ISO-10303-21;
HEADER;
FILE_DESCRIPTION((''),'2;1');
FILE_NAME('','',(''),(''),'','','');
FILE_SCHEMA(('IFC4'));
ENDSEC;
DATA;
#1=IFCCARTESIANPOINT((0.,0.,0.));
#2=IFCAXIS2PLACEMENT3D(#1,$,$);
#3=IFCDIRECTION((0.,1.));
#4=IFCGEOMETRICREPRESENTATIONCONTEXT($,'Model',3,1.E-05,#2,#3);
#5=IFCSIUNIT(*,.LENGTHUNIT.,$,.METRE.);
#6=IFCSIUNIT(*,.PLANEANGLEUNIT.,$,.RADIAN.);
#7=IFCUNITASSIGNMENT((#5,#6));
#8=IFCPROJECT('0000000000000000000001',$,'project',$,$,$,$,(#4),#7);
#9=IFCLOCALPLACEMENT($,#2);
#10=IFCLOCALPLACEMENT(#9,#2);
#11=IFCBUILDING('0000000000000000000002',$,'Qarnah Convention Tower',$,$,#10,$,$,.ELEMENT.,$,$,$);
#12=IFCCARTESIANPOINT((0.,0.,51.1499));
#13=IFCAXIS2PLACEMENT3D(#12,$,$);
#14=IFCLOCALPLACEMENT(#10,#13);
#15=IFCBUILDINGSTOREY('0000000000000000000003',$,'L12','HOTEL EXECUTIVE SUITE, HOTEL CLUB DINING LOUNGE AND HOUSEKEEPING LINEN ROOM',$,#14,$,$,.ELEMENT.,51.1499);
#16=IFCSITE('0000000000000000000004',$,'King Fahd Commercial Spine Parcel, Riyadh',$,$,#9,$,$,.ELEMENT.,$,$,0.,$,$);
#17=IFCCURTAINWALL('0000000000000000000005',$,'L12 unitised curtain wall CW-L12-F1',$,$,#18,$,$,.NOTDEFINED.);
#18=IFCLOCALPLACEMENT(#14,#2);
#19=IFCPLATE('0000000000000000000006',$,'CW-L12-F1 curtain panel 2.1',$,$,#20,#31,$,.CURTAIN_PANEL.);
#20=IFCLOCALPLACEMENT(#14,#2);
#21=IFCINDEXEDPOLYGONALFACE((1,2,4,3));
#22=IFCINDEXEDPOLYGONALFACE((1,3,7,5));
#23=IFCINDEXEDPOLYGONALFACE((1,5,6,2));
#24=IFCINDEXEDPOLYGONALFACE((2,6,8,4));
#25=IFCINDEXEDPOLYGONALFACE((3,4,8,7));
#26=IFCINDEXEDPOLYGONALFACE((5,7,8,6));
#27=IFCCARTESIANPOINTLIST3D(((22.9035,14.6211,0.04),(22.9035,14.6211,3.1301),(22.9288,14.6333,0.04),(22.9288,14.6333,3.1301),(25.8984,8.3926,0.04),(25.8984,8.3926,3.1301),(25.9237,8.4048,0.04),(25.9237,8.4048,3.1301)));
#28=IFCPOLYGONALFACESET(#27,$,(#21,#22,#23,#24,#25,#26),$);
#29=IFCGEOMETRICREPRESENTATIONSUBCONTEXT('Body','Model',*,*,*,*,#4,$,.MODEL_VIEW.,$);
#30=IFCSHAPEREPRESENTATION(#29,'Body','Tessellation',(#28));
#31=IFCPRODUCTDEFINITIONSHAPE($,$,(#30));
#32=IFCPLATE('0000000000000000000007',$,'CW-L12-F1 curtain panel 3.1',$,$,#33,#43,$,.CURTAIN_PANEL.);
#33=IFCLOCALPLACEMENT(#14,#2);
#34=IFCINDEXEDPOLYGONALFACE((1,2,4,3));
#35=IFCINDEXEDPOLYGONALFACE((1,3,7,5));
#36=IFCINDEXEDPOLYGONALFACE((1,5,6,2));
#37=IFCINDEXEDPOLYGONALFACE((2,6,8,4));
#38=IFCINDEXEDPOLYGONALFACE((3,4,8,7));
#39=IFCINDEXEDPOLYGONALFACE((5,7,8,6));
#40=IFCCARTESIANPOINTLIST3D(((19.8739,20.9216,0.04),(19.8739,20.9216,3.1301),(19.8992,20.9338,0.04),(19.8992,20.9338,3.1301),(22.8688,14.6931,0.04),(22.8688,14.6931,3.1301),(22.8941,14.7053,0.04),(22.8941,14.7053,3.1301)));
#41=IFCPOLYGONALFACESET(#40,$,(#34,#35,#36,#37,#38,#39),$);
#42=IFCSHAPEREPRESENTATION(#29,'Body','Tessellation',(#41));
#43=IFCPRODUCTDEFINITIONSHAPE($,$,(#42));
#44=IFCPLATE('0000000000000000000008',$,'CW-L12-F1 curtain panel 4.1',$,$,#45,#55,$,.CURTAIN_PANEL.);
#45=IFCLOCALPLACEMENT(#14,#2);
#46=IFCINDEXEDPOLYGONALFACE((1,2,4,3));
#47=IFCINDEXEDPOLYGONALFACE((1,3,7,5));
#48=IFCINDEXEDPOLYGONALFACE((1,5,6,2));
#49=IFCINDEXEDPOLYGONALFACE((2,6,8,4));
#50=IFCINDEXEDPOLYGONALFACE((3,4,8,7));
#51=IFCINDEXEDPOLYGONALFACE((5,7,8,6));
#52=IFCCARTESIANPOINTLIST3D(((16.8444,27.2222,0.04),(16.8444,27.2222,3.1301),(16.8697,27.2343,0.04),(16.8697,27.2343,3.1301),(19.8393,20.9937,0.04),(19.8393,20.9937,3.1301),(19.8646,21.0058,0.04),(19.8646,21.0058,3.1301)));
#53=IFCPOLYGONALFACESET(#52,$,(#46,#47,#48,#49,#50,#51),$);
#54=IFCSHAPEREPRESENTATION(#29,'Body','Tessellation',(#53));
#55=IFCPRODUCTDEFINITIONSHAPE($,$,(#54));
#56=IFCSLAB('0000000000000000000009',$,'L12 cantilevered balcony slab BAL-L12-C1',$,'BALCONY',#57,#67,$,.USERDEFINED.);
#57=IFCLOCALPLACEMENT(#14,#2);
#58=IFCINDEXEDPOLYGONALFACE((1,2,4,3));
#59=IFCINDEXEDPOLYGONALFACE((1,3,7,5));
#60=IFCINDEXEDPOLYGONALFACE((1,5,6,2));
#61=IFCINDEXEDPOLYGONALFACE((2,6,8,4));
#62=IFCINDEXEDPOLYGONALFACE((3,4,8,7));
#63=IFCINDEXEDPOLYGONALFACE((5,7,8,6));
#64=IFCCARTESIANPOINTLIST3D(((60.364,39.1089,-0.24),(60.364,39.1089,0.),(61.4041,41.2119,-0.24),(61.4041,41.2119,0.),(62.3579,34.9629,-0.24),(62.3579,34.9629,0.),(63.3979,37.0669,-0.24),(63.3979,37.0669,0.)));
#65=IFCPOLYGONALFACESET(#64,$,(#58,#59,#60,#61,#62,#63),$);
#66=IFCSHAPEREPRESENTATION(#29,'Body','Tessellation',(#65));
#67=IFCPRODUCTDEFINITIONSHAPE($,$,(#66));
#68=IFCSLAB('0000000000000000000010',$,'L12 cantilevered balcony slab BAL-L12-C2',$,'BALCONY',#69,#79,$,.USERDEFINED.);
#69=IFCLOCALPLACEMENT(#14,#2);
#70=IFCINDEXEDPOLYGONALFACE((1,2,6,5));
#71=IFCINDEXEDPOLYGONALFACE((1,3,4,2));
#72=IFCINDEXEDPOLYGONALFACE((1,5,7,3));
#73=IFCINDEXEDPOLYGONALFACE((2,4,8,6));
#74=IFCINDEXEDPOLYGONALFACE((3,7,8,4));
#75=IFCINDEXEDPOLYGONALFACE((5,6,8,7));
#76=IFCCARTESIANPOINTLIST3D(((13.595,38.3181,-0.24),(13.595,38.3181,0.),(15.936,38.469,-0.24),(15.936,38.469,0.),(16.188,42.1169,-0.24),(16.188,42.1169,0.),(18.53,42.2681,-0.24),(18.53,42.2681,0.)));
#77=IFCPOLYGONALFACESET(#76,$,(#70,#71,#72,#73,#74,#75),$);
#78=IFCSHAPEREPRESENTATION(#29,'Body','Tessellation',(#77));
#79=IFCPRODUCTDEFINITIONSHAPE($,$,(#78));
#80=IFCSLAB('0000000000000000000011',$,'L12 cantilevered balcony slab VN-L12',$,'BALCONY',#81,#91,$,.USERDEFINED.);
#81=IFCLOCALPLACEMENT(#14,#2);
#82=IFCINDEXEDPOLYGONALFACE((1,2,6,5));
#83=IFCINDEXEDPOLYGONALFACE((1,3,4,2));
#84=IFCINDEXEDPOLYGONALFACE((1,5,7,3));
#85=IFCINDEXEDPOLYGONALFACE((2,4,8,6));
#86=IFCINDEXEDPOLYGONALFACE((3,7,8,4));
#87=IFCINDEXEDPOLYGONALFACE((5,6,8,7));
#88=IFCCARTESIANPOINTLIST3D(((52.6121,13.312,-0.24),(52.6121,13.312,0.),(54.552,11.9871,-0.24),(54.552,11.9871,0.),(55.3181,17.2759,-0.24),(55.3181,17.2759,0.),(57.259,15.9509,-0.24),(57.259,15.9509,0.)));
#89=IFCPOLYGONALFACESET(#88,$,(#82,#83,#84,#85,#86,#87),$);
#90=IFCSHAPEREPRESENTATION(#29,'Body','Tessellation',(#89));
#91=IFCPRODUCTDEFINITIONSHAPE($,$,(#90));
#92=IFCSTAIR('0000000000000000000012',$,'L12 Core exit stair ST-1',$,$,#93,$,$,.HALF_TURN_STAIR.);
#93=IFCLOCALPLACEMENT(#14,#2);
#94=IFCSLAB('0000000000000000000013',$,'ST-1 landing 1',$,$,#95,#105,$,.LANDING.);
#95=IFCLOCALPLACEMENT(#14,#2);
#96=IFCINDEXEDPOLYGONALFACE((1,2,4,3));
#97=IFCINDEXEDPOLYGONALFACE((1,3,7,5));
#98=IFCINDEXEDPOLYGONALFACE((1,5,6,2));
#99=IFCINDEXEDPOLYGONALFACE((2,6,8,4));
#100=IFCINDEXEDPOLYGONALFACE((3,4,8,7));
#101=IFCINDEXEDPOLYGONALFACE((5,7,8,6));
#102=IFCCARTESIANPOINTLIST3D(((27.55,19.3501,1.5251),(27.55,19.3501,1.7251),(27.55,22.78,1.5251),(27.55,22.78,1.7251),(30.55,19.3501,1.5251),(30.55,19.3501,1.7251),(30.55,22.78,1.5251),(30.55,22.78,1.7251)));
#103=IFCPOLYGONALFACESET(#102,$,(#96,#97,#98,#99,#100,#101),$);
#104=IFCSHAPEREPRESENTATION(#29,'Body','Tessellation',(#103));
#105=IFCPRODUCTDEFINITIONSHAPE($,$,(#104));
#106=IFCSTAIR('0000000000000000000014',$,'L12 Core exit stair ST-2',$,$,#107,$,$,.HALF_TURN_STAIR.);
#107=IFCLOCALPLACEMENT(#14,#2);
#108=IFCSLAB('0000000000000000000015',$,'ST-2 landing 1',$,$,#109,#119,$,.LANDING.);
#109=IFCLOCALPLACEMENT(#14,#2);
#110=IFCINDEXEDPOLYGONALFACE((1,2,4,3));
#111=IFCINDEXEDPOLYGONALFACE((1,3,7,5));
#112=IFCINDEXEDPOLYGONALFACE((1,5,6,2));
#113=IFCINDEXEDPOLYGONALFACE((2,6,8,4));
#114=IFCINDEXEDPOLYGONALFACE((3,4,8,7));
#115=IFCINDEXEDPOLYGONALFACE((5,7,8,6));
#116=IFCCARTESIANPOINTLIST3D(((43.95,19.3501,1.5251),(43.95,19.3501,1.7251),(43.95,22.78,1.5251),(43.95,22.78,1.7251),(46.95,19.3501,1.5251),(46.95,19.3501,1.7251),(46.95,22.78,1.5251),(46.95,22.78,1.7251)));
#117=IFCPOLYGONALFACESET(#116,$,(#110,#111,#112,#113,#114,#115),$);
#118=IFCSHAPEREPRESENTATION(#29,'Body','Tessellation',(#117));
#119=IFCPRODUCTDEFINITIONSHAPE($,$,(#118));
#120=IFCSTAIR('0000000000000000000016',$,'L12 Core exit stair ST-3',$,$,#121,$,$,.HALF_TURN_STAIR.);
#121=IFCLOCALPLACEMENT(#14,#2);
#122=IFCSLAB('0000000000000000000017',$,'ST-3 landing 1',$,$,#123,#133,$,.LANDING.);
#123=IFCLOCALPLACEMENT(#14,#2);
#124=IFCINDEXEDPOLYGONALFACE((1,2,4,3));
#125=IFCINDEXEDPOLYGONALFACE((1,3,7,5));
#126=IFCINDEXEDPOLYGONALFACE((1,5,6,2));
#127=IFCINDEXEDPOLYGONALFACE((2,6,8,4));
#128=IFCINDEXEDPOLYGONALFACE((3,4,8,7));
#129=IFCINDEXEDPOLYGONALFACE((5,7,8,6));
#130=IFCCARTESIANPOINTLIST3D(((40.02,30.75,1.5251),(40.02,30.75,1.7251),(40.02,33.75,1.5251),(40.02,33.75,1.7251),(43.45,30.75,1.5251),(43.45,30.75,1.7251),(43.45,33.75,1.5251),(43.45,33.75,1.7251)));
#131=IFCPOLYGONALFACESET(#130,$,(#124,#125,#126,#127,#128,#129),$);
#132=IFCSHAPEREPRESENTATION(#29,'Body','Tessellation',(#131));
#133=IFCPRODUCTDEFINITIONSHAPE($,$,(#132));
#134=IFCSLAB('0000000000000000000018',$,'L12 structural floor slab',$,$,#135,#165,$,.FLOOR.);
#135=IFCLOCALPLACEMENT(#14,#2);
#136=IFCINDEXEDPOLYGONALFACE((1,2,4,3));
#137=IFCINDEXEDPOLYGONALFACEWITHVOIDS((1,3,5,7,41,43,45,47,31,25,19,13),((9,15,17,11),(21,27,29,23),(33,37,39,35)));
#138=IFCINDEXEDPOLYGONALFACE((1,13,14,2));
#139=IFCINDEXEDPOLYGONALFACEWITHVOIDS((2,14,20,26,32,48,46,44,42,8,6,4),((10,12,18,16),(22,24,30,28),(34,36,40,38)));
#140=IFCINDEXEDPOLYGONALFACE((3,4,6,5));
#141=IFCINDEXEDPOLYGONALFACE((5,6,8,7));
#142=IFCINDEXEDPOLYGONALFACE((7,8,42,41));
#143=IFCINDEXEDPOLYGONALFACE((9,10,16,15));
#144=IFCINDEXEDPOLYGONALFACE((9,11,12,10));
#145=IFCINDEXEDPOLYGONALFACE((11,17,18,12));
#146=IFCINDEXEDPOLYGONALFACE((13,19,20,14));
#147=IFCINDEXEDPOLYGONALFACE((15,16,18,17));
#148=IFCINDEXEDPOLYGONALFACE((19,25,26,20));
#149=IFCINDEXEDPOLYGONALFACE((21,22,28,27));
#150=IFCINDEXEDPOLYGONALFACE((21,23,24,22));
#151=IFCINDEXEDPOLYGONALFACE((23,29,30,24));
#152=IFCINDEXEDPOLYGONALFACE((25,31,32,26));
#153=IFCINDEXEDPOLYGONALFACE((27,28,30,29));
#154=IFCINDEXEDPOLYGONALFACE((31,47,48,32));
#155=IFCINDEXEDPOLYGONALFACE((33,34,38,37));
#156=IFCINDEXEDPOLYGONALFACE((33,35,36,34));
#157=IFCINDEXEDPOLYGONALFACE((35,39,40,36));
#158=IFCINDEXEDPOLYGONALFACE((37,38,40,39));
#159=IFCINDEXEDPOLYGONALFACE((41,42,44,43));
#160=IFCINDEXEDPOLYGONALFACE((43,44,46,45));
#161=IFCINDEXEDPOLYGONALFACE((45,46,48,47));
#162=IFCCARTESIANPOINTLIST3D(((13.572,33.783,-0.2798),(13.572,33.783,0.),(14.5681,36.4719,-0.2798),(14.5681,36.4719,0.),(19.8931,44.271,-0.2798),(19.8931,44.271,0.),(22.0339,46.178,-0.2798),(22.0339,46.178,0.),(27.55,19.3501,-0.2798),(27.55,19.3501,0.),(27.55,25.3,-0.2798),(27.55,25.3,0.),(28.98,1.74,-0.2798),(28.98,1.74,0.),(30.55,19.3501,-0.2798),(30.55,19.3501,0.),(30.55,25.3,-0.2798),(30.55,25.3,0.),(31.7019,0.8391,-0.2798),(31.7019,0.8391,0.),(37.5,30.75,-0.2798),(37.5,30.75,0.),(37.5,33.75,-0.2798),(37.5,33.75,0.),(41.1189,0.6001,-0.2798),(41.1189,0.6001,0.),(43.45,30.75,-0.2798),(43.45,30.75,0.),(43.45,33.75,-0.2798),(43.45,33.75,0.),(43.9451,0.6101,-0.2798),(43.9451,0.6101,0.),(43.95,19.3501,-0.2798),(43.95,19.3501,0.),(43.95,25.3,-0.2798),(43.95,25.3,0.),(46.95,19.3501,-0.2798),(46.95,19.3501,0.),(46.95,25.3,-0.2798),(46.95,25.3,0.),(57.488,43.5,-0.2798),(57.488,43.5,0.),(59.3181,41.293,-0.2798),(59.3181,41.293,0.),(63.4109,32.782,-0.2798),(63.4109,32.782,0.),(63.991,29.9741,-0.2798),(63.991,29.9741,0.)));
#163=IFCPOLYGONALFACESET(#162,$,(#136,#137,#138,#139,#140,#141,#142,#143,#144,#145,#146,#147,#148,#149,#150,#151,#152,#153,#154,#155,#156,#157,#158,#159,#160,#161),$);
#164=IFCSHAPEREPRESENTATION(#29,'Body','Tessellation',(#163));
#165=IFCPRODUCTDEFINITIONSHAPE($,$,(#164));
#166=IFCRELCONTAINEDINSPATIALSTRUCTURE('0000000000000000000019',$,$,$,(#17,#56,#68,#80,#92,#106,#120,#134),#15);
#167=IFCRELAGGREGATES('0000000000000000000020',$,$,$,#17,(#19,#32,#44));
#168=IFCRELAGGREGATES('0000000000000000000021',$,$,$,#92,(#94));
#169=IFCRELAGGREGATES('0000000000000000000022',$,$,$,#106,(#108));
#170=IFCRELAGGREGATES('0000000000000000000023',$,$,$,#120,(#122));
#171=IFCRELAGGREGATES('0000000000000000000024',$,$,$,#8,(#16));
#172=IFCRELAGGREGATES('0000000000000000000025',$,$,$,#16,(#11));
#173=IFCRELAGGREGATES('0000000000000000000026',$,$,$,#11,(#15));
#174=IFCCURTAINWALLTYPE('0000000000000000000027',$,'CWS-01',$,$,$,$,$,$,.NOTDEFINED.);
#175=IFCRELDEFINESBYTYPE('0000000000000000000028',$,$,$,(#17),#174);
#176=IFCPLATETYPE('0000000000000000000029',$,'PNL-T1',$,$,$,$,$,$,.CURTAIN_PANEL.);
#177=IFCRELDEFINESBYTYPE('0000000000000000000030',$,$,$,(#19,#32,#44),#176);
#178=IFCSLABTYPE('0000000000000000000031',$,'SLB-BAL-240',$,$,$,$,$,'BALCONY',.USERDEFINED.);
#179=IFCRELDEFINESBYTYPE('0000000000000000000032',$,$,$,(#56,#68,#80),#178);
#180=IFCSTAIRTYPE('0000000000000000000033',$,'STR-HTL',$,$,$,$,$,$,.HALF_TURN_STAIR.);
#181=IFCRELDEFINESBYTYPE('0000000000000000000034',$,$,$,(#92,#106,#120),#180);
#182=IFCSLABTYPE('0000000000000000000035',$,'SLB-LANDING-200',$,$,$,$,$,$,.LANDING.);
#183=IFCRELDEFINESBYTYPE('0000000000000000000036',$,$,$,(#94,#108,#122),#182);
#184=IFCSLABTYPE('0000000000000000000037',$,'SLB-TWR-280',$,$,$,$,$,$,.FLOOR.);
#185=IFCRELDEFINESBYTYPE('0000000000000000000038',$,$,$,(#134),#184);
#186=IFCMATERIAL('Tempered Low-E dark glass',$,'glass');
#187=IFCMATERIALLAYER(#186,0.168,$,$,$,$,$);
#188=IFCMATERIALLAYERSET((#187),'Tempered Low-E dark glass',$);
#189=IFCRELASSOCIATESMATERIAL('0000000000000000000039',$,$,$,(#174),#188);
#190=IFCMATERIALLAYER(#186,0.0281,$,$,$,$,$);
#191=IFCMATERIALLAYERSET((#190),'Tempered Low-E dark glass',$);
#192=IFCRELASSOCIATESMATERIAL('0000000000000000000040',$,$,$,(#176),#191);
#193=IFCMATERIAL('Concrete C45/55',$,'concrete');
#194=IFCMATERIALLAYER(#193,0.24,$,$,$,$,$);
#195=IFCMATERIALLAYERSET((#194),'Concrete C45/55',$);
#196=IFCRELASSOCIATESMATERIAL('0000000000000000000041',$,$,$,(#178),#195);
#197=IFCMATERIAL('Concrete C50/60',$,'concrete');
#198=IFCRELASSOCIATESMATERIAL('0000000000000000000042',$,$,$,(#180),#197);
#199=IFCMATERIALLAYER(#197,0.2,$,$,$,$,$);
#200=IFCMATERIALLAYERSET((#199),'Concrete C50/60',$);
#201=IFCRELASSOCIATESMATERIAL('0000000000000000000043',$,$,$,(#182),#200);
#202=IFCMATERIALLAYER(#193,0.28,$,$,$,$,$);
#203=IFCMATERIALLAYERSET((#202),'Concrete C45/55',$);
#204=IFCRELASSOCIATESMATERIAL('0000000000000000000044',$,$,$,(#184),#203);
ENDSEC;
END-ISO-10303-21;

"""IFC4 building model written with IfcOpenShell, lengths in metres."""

from ifc_helpers import new_model, si_unit, direction, frame, origin, origin_2d, place, context, subcontext, project, spatial, polyline, rectangle, outline, extrude, material, layer, layer_set, type_object, element, aggregate, save


model = new_model("IFC4")

# Units and contexts
model_context = context("Model", 3, precision=1e-05, world=origin(), true_north=direction((0.0, 1.0)))
body_context = subcontext(model_context, "Body", "Model", "MODEL_VIEW")
ifc_project = project(units=[si_unit("LENGTHUNIT", "METRE"), si_unit("PLANEANGLEUNIT", "RADIAN")], contexts=[model_context])

# Site, building, storey
site_placement = place(None, origin())
site = spatial("IfcSite", under=ifc_project, at=site_placement, Name="King Fahd Commercial Spine Parcel, Riyadh", CompositionType="ELEMENT", RefElevation=0.0)
building_placement = place(site_placement, origin())
building = spatial("IfcBuilding", under=site, at=building_placement, Name="Qarnah Convention Tower", CompositionType="ELEMENT")
storey_placement = place(building_placement, frame((0.0, 0.0, 51.1499)))
storey = spatial("IfcBuildingStorey", under=building, at=storey_placement, Name="L12", Description="HOTEL EXECUTIVE SUITE, HOTEL CLUB DINING LOUNGE AND HOUSEKEEPING LINEN ROOM", CompositionType="ELEMENT", Elevation=51.1499)

# Curtain wall, plates
ifc_material_1 = material(Name="Tempered Low-E dark glass", Category="glass")
ifc_layer_1 = layer(ifc_material_1, 0.168)
ifc_layer_set_1 = layer_set([ifc_layer_1], Name="Tempered Low-E dark glass")
curtain_wall_type = type_object("IfcCurtainWallType", Name="CWS-01", PredefinedType="NOTDEFINED", material=ifc_layer_set_1)
curtain_wall_placement = place(storey_placement, origin())
curtain_wall = element("IfcCurtainWall", 1, at=curtain_wall_placement, inside=storey, type_object=curtain_wall_type, Name="L12 unitised curtain wall CW-L12-F1", PredefinedType="NOTDEFINED")
ifc_layer_2 = layer(ifc_material_1, 0.0281)
ifc_layer_set_2 = layer_set([ifc_layer_2], Name="Tempered Low-E dark glass")
plate_type = type_object("IfcPlateType", Name="PNL-T1", PredefinedType="CURTAIN_PANEL", material=ifc_layer_set_2)
plate_1_placement = place(storey_placement, frame((24.4136, 11.5129, 0.04), z_axis=(0.0, 0.0, 1.0), x_axis=(-0.433349, 0.901226, 0.0)))
plate_1 = element("IfcPlate", 2, at=plate_1_placement, type_object=plate_type, Name="CW-L12-F1 curtain panel 2.1", PredefinedType="CURTAIN_PANEL", context=body_context, shape_type="SweptSolid", body=[
    extrude(rectangle(XDim=6.9111, YDim=0.0281, at=origin_2d()), origin(), (0.0, 0.0, 1.0), 3.0901),
])
plate_2_placement = place(storey_placement, frame((21.384, 17.8135, 0.04), z_axis=(0.0, 0.0, 1.0), x_axis=(-0.433349, 0.901226, 0.0)))
plate_2 = element("IfcPlate", 3, at=plate_2_placement, type_object=plate_type, Name="CW-L12-F1 curtain panel 3.1", PredefinedType="CURTAIN_PANEL", context=body_context, shape_type="SweptSolid", body=[
    extrude(rectangle(XDim=6.9111, YDim=0.0281, at=origin_2d()), origin(), (0.0, 0.0, 1.0), 3.0901),
])
plate_3_placement = place(storey_placement, frame((18.3545, 24.114, 0.04), z_axis=(0.0, 0.0, 1.0), x_axis=(-0.433349, 0.901226, 0.0)))
plate_3 = element("IfcPlate", 4, at=plate_3_placement, type_object=plate_type, Name="CW-L12-F1 curtain panel 4.1", PredefinedType="CURTAIN_PANEL", context=body_context, shape_type="SweptSolid", body=[
    extrude(rectangle(XDim=6.9111, YDim=0.0281, at=origin_2d()), origin(), (0.0, 0.0, 1.0), 3.0901),
])
aggregate(curtain_wall, [plate_1, plate_2, plate_3])

# Slabs
ifc_material_2 = material(Name="Concrete C45/55", Category="concrete")
ifc_layer_3 = layer(ifc_material_2, 0.24)
ifc_layer_set_3 = layer_set([ifc_layer_3], Name="Concrete C45/55")
slab_type_1 = type_object("IfcSlabType", Name="SLB-BAL-240", ElementType="BALCONY", PredefinedType="USERDEFINED", material=ifc_layer_set_3)
slab_1_placement = place(storey_placement, frame((0.0, 0.0, -0.24)))
element("IfcSlab", 5, at=slab_1_placement, inside=storey, type_object=slab_type_1, Name="L12 cantilevered balcony slab BAL-L12-C1", ObjectType="BALCONY", PredefinedType="USERDEFINED", context=body_context, shape_type="SweptSolid", body=[
    extrude(outline(polyline([(61.4041, 41.2119), (63.3979, 37.0669), (62.3579, 34.9629), (60.364, 39.1089), (61.4041, 41.2119)])), origin(), (0.0, 0.0, 1.0), 0.24),
])
slab_2_placement = place(storey_placement, frame((0.0, 0.0, -0.24)))
element("IfcSlab", 6, at=slab_2_placement, inside=storey, type_object=slab_type_1, Name="L12 cantilevered balcony slab BAL-L12-C2", ObjectType="BALCONY", PredefinedType="USERDEFINED", context=body_context, shape_type="SweptSolid", body=[
    extrude(outline(polyline([(13.595, 38.3181), (16.188, 42.1169), (18.53, 42.2681), (15.936, 38.469), (13.595, 38.3181)])), origin(), (0.0, 0.0, 1.0), 0.24),
])
slab_3_placement = place(storey_placement, frame((0.0, 0.0, -0.24)))
element("IfcSlab", 7, at=slab_3_placement, inside=storey, type_object=slab_type_1, Name="L12 cantilevered balcony slab VN-L12", ObjectType="BALCONY", PredefinedType="USERDEFINED", context=body_context, shape_type="SweptSolid", body=[
    extrude(outline(polyline([(55.3181, 17.2759), (57.259, 15.9509), (54.552, 11.9871), (52.6121, 13.312), (55.3181, 17.2759)])), origin(), (0.0, 0.0, 1.0), 0.24),
])

# Stairs, slabs
ifc_material_3 = material(Name="Concrete C50/60", Category="concrete")
stair_type = type_object("IfcStairType", Name="STR-HTL", PredefinedType="HALF_TURN_STAIR", material=ifc_material_3)
stair_1_placement = place(storey_placement, origin())
stair_1 = element("IfcStair", 8, at=stair_1_placement, inside=storey, type_object=stair_type, Name="L12 Core exit stair ST-1", PredefinedType="HALF_TURN_STAIR")
ifc_layer_4 = layer(ifc_material_3, 0.2)
ifc_layer_set_4 = layer_set([ifc_layer_4], Name="Concrete C50/60")
slab_type_2 = type_object("IfcSlabType", Name="SLB-LANDING-200", PredefinedType="LANDING", material=ifc_layer_set_4)
slab_4_placement = place(storey_placement, frame((0.0, 0.0, 1.5251)))
slab_4 = element("IfcSlab", 9, at=slab_4_placement, type_object=slab_type_2, Name="ST-1 landing 1", PredefinedType="LANDING", context=body_context, shape_type="SweptSolid", body=[
    extrude(outline(polyline([(27.55, 22.78), (27.55, 19.3501), (30.55, 19.3501), (30.55, 22.78), (27.55, 22.78)])), origin(), (0.0, 0.0, 1.0), 0.2),
])
aggregate(stair_1, [slab_4])
stair_2_placement = place(storey_placement, origin())
stair_2 = element("IfcStair", 10, at=stair_2_placement, inside=storey, type_object=stair_type, Name="L12 Core exit stair ST-2", PredefinedType="HALF_TURN_STAIR")
slab_5_placement = place(storey_placement, frame((0.0, 0.0, 1.5251)))
slab_5 = element("IfcSlab", 11, at=slab_5_placement, type_object=slab_type_2, Name="ST-2 landing 1", PredefinedType="LANDING", context=body_context, shape_type="SweptSolid", body=[
    extrude(outline(polyline([(43.95, 22.78), (43.95, 19.3501), (46.95, 19.3501), (46.95, 22.78), (43.95, 22.78)])), origin(), (0.0, 0.0, 1.0), 0.2),
])
aggregate(stair_2, [slab_5])
stair_3_placement = place(storey_placement, origin())
stair_3 = element("IfcStair", 12, at=stair_3_placement, inside=storey, type_object=stair_type, Name="L12 Core exit stair ST-3", PredefinedType="HALF_TURN_STAIR")
slab_6_placement = place(storey_placement, frame((0.0, 0.0, 1.5251)))
slab_6 = element("IfcSlab", 13, at=slab_6_placement, type_object=slab_type_2, Name="ST-3 landing 1", PredefinedType="LANDING", context=body_context, shape_type="SweptSolid", body=[
    extrude(outline(polyline([(40.02, 30.75), (43.45, 30.75), (43.45, 33.75), (40.02, 33.75), (40.02, 30.75)])), origin(), (0.0, 0.0, 1.0), 0.2),
])
aggregate(stair_3, [slab_6])

# Slab
ifc_layer_5 = layer(ifc_material_2, 0.28)
ifc_layer_set_5 = layer_set([ifc_layer_5], Name="Concrete C45/55")
slab_type_3 = type_object("IfcSlabType", Name="SLB-TWR-280", PredefinedType="FLOOR", material=ifc_layer_set_5)
slab_7_placement = place(storey_placement, frame((0.0, 0.0, -0.2798)))
element("IfcSlab", 14, at=slab_7_placement, inside=storey, type_object=slab_type_3, Name="L12 structural floor slab", PredefinedType="FLOOR", context=body_context, shape_type="SweptSolid", body=[
    extrude(outline(polyline([(57.488, 43.5), (22.0339, 46.178), (19.8931, 44.271), (14.5681, 36.4719), (13.572, 33.783), (28.98, 1.74), (31.7019, 0.8391), (41.1189, 0.6001), (43.9451, 0.6101), (63.991, 29.9741), (63.4109, 32.782), (59.3181, 41.293), (57.488, 43.5)]), holes=[polyline([(27.55, 25.3), (27.55, 19.3501), (30.55, 19.3501), (30.55, 25.3), (27.55, 25.3)]), polyline([(43.95, 25.3), (43.95, 19.3501), (46.95, 19.3501), (46.95, 25.3), (43.95, 25.3)]), polyline([(37.5, 30.75), (43.45, 30.75), (43.45, 33.75), (37.5, 33.75), (37.5, 30.75)])]), origin(), (0.0, 0.0, 1.0), 0.2798),
])

save(model, "model.ifc")
